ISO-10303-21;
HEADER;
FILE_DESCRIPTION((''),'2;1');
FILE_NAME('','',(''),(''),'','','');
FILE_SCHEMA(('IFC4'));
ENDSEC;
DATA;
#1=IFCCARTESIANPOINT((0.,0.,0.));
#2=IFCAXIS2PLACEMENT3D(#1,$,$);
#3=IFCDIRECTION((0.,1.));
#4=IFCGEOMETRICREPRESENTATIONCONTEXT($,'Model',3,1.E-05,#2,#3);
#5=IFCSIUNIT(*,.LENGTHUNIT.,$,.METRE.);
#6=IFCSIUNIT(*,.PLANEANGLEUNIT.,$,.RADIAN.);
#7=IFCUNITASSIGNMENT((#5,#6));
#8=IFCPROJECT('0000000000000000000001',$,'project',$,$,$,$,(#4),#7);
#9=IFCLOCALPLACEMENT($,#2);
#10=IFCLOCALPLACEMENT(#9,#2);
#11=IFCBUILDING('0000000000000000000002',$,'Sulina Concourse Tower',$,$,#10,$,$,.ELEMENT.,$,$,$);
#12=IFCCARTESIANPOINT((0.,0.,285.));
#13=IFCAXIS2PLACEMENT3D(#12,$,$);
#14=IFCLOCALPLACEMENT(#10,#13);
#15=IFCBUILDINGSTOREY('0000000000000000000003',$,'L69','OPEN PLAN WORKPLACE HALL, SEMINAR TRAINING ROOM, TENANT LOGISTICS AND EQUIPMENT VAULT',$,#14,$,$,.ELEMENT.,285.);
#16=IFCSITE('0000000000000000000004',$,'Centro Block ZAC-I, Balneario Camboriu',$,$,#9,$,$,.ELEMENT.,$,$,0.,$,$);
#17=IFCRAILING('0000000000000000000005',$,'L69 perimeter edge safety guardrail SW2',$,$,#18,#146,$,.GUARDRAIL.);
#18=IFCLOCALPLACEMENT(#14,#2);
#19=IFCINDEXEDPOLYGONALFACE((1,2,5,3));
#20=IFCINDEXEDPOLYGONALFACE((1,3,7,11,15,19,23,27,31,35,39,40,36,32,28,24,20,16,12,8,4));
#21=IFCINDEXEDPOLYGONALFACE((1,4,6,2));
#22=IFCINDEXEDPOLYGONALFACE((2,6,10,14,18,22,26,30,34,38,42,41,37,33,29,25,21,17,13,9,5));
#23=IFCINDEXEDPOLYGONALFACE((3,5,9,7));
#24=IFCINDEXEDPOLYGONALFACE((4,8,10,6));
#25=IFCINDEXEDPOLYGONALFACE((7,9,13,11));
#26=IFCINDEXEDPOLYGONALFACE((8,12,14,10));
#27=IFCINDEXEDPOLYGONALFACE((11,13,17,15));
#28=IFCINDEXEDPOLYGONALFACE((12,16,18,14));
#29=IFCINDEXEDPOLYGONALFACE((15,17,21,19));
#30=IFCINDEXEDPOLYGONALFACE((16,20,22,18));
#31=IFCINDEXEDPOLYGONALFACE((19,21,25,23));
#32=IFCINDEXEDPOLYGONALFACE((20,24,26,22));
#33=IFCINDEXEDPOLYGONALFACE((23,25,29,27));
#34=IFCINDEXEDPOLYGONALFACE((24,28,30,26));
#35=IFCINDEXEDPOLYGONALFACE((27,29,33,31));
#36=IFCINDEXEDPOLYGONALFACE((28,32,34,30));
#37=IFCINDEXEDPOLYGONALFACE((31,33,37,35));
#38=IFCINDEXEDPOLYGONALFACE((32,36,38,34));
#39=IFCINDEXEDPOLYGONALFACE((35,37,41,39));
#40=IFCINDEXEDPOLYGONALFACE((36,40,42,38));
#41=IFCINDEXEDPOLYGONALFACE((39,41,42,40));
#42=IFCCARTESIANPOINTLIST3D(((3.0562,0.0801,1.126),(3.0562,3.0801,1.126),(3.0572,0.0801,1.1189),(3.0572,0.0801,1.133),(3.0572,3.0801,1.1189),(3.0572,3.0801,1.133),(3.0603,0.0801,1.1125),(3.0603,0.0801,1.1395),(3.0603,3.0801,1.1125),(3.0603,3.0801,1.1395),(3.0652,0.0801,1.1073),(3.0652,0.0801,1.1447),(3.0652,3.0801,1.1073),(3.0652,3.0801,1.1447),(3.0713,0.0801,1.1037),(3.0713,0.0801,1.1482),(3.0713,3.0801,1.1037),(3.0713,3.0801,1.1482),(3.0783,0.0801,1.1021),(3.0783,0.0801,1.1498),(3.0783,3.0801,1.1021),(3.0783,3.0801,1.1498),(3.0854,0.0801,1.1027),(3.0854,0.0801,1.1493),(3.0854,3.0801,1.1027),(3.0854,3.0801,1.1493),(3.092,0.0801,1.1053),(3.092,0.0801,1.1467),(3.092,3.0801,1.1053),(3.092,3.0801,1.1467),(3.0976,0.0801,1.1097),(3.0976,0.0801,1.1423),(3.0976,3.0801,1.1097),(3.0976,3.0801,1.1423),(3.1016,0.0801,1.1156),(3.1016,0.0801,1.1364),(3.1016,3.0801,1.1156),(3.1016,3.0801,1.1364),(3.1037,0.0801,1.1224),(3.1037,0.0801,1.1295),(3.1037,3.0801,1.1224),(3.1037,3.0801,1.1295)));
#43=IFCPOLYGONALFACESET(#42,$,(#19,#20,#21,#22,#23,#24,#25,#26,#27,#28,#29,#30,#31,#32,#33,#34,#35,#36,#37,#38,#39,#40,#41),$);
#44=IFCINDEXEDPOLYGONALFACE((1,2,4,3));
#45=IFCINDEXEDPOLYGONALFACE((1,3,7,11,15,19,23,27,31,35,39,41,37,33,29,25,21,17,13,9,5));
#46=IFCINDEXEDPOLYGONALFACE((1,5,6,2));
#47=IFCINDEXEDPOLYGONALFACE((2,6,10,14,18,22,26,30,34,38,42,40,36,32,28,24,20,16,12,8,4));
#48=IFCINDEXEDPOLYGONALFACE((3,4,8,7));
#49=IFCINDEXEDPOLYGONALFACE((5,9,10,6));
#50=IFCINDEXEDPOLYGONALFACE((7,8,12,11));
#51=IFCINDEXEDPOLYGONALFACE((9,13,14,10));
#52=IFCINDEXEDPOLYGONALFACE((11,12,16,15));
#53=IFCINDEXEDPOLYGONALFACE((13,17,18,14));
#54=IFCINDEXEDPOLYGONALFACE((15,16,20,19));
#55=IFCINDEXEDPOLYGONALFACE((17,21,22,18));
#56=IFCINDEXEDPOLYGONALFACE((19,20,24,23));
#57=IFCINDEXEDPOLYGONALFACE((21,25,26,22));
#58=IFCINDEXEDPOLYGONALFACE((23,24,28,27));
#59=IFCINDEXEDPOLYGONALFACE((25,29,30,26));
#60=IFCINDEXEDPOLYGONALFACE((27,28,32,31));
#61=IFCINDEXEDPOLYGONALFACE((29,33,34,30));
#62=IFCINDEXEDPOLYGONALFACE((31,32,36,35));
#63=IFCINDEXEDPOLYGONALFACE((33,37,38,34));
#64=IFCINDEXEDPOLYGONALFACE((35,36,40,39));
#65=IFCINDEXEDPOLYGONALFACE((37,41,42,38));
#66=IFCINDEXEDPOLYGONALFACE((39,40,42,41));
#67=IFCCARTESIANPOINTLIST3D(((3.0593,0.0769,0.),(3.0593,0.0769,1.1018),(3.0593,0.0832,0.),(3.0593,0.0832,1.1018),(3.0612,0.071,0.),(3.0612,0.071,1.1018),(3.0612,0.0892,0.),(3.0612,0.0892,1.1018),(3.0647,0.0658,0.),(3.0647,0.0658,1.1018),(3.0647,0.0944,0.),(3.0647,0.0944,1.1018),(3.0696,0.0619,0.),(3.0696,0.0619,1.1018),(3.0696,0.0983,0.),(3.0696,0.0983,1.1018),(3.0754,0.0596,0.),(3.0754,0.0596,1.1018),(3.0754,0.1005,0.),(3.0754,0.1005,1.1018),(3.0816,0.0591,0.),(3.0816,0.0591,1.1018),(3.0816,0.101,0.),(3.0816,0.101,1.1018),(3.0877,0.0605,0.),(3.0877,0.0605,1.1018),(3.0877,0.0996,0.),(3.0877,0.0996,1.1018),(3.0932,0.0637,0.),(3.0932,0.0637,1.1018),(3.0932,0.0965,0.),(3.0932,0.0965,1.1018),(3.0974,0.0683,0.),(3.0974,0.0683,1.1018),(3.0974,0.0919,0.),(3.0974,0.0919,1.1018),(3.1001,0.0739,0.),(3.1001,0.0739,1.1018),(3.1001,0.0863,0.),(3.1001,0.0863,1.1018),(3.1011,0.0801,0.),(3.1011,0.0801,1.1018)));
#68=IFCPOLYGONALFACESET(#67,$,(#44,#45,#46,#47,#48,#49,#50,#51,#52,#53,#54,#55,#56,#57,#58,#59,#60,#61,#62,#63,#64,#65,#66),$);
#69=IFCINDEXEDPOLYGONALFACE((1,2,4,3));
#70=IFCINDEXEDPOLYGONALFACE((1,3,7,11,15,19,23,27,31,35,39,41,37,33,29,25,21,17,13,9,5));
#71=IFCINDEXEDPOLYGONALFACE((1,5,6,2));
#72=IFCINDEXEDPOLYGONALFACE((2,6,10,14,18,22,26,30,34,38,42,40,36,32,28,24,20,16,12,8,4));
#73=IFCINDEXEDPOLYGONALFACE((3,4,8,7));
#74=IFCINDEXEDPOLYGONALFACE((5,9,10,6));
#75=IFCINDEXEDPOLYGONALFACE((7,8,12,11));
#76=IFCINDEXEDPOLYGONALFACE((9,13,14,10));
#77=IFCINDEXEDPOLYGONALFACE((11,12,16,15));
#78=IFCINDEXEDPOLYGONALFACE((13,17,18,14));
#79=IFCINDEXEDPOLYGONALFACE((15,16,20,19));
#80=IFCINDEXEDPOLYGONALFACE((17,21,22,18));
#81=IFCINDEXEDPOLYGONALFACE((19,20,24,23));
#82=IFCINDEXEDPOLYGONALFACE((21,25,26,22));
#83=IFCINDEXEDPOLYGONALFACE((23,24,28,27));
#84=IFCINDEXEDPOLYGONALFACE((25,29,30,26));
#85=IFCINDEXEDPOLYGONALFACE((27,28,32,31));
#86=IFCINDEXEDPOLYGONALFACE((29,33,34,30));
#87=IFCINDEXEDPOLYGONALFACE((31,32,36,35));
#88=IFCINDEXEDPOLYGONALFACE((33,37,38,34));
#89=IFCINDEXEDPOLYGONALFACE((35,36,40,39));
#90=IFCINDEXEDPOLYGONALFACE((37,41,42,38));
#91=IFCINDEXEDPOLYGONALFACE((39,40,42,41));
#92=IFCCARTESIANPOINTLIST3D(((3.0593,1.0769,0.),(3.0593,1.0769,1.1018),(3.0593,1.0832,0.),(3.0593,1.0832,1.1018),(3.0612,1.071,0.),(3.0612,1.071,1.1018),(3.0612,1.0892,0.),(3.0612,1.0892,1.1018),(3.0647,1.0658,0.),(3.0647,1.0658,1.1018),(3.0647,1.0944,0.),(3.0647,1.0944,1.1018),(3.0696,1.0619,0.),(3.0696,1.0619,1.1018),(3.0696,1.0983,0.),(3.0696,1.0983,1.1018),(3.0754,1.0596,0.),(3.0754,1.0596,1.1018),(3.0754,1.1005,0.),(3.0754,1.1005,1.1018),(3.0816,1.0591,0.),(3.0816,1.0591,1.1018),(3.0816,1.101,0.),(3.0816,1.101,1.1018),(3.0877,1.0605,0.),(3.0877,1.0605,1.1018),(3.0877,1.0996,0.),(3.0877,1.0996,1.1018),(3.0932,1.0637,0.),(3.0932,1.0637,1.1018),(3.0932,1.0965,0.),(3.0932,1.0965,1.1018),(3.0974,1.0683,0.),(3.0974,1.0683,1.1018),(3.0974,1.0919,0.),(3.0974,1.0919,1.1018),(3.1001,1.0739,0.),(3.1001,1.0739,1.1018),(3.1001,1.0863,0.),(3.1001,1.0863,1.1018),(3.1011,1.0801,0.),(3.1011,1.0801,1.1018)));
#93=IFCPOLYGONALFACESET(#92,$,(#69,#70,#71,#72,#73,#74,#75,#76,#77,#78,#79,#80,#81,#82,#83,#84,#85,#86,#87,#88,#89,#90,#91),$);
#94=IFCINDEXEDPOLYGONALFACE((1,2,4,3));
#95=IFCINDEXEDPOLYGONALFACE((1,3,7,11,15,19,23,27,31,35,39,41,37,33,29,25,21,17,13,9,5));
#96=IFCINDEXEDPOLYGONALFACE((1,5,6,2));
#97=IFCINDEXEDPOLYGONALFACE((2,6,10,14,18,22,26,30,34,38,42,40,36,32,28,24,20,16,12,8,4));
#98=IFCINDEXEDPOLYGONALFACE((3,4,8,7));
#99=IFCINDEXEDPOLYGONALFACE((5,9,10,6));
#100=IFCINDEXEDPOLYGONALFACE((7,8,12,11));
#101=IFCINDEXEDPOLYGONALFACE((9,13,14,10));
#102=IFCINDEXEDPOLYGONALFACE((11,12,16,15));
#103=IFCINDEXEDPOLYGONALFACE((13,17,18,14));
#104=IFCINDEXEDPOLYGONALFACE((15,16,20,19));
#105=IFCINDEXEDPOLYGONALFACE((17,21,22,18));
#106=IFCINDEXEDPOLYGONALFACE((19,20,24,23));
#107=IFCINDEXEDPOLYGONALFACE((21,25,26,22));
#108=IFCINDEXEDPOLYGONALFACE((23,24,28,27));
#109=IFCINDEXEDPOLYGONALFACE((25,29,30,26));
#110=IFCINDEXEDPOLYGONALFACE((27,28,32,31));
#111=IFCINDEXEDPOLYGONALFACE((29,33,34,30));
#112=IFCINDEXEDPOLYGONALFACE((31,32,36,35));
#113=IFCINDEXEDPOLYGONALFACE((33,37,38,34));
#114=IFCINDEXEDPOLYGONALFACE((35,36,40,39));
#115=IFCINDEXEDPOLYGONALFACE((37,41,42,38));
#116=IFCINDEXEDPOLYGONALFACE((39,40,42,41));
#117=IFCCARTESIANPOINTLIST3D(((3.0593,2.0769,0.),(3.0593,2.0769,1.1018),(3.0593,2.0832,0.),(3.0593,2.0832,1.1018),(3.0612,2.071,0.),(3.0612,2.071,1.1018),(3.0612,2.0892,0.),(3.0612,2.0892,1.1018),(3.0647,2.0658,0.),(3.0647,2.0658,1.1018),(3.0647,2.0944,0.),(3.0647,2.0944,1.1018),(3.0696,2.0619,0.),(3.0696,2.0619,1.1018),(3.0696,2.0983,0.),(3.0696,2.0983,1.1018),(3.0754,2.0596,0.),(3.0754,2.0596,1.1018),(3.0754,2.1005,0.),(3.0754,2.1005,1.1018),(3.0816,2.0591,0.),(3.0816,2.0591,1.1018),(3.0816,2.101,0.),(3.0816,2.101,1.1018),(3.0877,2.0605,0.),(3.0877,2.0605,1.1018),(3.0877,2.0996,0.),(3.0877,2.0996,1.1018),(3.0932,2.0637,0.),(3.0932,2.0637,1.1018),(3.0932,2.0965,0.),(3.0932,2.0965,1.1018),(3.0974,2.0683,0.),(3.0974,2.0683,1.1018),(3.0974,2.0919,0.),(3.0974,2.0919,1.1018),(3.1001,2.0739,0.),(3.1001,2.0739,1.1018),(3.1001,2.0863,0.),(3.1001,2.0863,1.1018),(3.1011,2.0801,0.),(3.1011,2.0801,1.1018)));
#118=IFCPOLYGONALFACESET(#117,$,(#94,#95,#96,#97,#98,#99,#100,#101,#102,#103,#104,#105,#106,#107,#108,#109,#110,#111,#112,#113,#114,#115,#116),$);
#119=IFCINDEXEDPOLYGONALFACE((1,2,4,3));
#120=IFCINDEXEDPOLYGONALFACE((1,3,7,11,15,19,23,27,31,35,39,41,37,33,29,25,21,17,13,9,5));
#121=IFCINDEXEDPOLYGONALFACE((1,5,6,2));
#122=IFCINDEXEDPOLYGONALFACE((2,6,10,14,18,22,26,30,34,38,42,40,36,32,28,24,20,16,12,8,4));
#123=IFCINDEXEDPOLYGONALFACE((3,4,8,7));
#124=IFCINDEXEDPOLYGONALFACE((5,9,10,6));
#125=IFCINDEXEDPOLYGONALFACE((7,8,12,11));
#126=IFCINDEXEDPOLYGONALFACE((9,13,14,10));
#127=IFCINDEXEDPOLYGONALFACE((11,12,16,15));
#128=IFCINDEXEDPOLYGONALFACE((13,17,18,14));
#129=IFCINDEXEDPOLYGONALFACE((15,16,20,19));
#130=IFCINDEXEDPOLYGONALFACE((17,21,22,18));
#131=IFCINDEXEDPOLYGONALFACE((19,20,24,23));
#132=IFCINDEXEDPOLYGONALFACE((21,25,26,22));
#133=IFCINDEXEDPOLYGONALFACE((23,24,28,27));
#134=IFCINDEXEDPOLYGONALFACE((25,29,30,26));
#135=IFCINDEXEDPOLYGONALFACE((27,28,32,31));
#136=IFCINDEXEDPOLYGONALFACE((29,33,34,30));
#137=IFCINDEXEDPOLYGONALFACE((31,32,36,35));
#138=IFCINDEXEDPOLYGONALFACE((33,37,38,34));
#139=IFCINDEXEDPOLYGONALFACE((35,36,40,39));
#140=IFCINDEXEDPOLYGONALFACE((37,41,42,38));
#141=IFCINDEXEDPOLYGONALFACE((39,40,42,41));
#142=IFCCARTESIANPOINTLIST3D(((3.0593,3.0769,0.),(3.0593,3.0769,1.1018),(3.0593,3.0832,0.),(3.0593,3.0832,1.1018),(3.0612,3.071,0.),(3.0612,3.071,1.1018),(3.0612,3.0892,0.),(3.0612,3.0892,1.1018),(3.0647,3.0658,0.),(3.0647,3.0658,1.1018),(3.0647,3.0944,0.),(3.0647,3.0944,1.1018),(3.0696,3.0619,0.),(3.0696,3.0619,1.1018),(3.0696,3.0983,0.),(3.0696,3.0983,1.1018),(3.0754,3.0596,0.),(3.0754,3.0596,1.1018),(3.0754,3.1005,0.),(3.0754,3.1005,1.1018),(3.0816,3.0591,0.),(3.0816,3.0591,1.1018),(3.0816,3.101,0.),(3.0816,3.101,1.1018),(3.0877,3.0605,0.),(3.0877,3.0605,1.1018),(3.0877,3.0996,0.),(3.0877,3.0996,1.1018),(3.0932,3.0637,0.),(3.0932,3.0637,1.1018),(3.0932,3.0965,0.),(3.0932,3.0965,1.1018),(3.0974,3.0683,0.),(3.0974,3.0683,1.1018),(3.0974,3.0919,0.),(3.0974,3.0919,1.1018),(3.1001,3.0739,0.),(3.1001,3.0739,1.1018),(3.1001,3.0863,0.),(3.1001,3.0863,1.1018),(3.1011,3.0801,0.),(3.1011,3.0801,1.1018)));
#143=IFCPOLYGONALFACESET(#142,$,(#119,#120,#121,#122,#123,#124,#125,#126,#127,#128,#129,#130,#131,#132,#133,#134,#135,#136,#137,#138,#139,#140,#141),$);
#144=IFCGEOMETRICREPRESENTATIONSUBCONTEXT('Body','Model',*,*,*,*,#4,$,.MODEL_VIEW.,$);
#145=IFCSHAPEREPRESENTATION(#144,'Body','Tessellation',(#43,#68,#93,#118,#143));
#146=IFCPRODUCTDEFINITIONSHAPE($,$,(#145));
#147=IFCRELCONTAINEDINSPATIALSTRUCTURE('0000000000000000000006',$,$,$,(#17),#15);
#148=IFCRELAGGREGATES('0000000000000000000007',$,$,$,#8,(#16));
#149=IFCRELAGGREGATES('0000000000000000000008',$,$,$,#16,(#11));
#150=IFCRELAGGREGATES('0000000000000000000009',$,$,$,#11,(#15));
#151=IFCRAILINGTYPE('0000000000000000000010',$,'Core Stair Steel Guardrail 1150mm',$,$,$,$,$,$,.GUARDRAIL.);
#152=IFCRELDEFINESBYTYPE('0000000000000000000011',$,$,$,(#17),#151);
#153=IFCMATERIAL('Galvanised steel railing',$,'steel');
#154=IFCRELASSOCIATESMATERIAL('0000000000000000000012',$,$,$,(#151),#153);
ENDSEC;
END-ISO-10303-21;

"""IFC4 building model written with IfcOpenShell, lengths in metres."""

from ifc_helpers import new_model, si_unit, direction, frame, origin, origin_2d, place, context, subcontext, project, spatial, circle, extrude, material, type_object, element, save


model = new_model("IFC4")

# Units and contexts
model_context = context("Model", 3, precision=1e-05, world=origin(), true_north=direction((0.0, 1.0)))
body_context = subcontext(model_context, "Body", "Model", "MODEL_VIEW")
ifc_project = project(units=[si_unit("LENGTHUNIT", "METRE"), si_unit("PLANEANGLEUNIT", "RADIAN")], contexts=[model_context])

# Site, building, storey
site_placement = place(None, origin())
site = spatial("IfcSite", under=ifc_project, at=site_placement, Name="Centro Block ZAC-I, Balneario Camboriu", CompositionType="ELEMENT", RefElevation=0.0)
building_placement = place(site_placement, origin())
building = spatial("IfcBuilding", under=site, at=building_placement, Name="Sulina Concourse Tower", CompositionType="ELEMENT")
storey_placement = place(building_placement, frame((0.0, 0.0, 285.0)))
storey = spatial("IfcBuildingStorey", under=building, at=storey_placement, Name="L69", Description="OPEN PLAN WORKPLACE HALL, SEMINAR TRAINING ROOM, TENANT LOGISTICS AND EQUIPMENT VAULT", CompositionType="ELEMENT", Elevation=285.0)

# Railing
ifc_material_1 = material(Name="Galvanised steel railing", Category="steel")
railing_type = type_object("IfcRailingType", Name="Core Stair Steel Guardrail 1150mm", PredefinedType="GUARDRAIL", material=ifc_material_1)
railing_1_placement = place(storey_placement, frame((3.0801, 0.0801, 0.0)))
element("IfcRailing", 1, at=railing_1_placement, inside=storey, type_object=railing_type, Name="L69 perimeter edge safety guardrail SW2", PredefinedType="GUARDRAIL", context=body_context, shape_type="SweptSolid", body=[
    extrude(circle(Radius=0.0239, at=origin_2d()), frame((0.0, 0.0, 1.126), z_axis=(0.0, 1.0, 0.0), x_axis=(-1.0, 0.0, 0.0)), (0.0, 0.0, 1.0), 3.0),
    extrude(circle(Radius=0.021, at=origin_2d()), origin(), (0.0, 0.0, 1.0), 1.1018),
    extrude(circle(Radius=0.021, at=origin_2d()), frame((0.0, 1.0, 0.0)), (0.0, 0.0, 1.0), 1.1018),
    extrude(circle(Radius=0.021, at=origin_2d()), frame((0.0, 2.0, 0.0)), (0.0, 0.0, 1.0), 1.1018),
    extrude(circle(Radius=0.021, at=origin_2d()), frame((0.0, 3.0, 0.0)), (0.0, 0.0, 1.0), 1.1018),
])

save(model, "model.ifc")
